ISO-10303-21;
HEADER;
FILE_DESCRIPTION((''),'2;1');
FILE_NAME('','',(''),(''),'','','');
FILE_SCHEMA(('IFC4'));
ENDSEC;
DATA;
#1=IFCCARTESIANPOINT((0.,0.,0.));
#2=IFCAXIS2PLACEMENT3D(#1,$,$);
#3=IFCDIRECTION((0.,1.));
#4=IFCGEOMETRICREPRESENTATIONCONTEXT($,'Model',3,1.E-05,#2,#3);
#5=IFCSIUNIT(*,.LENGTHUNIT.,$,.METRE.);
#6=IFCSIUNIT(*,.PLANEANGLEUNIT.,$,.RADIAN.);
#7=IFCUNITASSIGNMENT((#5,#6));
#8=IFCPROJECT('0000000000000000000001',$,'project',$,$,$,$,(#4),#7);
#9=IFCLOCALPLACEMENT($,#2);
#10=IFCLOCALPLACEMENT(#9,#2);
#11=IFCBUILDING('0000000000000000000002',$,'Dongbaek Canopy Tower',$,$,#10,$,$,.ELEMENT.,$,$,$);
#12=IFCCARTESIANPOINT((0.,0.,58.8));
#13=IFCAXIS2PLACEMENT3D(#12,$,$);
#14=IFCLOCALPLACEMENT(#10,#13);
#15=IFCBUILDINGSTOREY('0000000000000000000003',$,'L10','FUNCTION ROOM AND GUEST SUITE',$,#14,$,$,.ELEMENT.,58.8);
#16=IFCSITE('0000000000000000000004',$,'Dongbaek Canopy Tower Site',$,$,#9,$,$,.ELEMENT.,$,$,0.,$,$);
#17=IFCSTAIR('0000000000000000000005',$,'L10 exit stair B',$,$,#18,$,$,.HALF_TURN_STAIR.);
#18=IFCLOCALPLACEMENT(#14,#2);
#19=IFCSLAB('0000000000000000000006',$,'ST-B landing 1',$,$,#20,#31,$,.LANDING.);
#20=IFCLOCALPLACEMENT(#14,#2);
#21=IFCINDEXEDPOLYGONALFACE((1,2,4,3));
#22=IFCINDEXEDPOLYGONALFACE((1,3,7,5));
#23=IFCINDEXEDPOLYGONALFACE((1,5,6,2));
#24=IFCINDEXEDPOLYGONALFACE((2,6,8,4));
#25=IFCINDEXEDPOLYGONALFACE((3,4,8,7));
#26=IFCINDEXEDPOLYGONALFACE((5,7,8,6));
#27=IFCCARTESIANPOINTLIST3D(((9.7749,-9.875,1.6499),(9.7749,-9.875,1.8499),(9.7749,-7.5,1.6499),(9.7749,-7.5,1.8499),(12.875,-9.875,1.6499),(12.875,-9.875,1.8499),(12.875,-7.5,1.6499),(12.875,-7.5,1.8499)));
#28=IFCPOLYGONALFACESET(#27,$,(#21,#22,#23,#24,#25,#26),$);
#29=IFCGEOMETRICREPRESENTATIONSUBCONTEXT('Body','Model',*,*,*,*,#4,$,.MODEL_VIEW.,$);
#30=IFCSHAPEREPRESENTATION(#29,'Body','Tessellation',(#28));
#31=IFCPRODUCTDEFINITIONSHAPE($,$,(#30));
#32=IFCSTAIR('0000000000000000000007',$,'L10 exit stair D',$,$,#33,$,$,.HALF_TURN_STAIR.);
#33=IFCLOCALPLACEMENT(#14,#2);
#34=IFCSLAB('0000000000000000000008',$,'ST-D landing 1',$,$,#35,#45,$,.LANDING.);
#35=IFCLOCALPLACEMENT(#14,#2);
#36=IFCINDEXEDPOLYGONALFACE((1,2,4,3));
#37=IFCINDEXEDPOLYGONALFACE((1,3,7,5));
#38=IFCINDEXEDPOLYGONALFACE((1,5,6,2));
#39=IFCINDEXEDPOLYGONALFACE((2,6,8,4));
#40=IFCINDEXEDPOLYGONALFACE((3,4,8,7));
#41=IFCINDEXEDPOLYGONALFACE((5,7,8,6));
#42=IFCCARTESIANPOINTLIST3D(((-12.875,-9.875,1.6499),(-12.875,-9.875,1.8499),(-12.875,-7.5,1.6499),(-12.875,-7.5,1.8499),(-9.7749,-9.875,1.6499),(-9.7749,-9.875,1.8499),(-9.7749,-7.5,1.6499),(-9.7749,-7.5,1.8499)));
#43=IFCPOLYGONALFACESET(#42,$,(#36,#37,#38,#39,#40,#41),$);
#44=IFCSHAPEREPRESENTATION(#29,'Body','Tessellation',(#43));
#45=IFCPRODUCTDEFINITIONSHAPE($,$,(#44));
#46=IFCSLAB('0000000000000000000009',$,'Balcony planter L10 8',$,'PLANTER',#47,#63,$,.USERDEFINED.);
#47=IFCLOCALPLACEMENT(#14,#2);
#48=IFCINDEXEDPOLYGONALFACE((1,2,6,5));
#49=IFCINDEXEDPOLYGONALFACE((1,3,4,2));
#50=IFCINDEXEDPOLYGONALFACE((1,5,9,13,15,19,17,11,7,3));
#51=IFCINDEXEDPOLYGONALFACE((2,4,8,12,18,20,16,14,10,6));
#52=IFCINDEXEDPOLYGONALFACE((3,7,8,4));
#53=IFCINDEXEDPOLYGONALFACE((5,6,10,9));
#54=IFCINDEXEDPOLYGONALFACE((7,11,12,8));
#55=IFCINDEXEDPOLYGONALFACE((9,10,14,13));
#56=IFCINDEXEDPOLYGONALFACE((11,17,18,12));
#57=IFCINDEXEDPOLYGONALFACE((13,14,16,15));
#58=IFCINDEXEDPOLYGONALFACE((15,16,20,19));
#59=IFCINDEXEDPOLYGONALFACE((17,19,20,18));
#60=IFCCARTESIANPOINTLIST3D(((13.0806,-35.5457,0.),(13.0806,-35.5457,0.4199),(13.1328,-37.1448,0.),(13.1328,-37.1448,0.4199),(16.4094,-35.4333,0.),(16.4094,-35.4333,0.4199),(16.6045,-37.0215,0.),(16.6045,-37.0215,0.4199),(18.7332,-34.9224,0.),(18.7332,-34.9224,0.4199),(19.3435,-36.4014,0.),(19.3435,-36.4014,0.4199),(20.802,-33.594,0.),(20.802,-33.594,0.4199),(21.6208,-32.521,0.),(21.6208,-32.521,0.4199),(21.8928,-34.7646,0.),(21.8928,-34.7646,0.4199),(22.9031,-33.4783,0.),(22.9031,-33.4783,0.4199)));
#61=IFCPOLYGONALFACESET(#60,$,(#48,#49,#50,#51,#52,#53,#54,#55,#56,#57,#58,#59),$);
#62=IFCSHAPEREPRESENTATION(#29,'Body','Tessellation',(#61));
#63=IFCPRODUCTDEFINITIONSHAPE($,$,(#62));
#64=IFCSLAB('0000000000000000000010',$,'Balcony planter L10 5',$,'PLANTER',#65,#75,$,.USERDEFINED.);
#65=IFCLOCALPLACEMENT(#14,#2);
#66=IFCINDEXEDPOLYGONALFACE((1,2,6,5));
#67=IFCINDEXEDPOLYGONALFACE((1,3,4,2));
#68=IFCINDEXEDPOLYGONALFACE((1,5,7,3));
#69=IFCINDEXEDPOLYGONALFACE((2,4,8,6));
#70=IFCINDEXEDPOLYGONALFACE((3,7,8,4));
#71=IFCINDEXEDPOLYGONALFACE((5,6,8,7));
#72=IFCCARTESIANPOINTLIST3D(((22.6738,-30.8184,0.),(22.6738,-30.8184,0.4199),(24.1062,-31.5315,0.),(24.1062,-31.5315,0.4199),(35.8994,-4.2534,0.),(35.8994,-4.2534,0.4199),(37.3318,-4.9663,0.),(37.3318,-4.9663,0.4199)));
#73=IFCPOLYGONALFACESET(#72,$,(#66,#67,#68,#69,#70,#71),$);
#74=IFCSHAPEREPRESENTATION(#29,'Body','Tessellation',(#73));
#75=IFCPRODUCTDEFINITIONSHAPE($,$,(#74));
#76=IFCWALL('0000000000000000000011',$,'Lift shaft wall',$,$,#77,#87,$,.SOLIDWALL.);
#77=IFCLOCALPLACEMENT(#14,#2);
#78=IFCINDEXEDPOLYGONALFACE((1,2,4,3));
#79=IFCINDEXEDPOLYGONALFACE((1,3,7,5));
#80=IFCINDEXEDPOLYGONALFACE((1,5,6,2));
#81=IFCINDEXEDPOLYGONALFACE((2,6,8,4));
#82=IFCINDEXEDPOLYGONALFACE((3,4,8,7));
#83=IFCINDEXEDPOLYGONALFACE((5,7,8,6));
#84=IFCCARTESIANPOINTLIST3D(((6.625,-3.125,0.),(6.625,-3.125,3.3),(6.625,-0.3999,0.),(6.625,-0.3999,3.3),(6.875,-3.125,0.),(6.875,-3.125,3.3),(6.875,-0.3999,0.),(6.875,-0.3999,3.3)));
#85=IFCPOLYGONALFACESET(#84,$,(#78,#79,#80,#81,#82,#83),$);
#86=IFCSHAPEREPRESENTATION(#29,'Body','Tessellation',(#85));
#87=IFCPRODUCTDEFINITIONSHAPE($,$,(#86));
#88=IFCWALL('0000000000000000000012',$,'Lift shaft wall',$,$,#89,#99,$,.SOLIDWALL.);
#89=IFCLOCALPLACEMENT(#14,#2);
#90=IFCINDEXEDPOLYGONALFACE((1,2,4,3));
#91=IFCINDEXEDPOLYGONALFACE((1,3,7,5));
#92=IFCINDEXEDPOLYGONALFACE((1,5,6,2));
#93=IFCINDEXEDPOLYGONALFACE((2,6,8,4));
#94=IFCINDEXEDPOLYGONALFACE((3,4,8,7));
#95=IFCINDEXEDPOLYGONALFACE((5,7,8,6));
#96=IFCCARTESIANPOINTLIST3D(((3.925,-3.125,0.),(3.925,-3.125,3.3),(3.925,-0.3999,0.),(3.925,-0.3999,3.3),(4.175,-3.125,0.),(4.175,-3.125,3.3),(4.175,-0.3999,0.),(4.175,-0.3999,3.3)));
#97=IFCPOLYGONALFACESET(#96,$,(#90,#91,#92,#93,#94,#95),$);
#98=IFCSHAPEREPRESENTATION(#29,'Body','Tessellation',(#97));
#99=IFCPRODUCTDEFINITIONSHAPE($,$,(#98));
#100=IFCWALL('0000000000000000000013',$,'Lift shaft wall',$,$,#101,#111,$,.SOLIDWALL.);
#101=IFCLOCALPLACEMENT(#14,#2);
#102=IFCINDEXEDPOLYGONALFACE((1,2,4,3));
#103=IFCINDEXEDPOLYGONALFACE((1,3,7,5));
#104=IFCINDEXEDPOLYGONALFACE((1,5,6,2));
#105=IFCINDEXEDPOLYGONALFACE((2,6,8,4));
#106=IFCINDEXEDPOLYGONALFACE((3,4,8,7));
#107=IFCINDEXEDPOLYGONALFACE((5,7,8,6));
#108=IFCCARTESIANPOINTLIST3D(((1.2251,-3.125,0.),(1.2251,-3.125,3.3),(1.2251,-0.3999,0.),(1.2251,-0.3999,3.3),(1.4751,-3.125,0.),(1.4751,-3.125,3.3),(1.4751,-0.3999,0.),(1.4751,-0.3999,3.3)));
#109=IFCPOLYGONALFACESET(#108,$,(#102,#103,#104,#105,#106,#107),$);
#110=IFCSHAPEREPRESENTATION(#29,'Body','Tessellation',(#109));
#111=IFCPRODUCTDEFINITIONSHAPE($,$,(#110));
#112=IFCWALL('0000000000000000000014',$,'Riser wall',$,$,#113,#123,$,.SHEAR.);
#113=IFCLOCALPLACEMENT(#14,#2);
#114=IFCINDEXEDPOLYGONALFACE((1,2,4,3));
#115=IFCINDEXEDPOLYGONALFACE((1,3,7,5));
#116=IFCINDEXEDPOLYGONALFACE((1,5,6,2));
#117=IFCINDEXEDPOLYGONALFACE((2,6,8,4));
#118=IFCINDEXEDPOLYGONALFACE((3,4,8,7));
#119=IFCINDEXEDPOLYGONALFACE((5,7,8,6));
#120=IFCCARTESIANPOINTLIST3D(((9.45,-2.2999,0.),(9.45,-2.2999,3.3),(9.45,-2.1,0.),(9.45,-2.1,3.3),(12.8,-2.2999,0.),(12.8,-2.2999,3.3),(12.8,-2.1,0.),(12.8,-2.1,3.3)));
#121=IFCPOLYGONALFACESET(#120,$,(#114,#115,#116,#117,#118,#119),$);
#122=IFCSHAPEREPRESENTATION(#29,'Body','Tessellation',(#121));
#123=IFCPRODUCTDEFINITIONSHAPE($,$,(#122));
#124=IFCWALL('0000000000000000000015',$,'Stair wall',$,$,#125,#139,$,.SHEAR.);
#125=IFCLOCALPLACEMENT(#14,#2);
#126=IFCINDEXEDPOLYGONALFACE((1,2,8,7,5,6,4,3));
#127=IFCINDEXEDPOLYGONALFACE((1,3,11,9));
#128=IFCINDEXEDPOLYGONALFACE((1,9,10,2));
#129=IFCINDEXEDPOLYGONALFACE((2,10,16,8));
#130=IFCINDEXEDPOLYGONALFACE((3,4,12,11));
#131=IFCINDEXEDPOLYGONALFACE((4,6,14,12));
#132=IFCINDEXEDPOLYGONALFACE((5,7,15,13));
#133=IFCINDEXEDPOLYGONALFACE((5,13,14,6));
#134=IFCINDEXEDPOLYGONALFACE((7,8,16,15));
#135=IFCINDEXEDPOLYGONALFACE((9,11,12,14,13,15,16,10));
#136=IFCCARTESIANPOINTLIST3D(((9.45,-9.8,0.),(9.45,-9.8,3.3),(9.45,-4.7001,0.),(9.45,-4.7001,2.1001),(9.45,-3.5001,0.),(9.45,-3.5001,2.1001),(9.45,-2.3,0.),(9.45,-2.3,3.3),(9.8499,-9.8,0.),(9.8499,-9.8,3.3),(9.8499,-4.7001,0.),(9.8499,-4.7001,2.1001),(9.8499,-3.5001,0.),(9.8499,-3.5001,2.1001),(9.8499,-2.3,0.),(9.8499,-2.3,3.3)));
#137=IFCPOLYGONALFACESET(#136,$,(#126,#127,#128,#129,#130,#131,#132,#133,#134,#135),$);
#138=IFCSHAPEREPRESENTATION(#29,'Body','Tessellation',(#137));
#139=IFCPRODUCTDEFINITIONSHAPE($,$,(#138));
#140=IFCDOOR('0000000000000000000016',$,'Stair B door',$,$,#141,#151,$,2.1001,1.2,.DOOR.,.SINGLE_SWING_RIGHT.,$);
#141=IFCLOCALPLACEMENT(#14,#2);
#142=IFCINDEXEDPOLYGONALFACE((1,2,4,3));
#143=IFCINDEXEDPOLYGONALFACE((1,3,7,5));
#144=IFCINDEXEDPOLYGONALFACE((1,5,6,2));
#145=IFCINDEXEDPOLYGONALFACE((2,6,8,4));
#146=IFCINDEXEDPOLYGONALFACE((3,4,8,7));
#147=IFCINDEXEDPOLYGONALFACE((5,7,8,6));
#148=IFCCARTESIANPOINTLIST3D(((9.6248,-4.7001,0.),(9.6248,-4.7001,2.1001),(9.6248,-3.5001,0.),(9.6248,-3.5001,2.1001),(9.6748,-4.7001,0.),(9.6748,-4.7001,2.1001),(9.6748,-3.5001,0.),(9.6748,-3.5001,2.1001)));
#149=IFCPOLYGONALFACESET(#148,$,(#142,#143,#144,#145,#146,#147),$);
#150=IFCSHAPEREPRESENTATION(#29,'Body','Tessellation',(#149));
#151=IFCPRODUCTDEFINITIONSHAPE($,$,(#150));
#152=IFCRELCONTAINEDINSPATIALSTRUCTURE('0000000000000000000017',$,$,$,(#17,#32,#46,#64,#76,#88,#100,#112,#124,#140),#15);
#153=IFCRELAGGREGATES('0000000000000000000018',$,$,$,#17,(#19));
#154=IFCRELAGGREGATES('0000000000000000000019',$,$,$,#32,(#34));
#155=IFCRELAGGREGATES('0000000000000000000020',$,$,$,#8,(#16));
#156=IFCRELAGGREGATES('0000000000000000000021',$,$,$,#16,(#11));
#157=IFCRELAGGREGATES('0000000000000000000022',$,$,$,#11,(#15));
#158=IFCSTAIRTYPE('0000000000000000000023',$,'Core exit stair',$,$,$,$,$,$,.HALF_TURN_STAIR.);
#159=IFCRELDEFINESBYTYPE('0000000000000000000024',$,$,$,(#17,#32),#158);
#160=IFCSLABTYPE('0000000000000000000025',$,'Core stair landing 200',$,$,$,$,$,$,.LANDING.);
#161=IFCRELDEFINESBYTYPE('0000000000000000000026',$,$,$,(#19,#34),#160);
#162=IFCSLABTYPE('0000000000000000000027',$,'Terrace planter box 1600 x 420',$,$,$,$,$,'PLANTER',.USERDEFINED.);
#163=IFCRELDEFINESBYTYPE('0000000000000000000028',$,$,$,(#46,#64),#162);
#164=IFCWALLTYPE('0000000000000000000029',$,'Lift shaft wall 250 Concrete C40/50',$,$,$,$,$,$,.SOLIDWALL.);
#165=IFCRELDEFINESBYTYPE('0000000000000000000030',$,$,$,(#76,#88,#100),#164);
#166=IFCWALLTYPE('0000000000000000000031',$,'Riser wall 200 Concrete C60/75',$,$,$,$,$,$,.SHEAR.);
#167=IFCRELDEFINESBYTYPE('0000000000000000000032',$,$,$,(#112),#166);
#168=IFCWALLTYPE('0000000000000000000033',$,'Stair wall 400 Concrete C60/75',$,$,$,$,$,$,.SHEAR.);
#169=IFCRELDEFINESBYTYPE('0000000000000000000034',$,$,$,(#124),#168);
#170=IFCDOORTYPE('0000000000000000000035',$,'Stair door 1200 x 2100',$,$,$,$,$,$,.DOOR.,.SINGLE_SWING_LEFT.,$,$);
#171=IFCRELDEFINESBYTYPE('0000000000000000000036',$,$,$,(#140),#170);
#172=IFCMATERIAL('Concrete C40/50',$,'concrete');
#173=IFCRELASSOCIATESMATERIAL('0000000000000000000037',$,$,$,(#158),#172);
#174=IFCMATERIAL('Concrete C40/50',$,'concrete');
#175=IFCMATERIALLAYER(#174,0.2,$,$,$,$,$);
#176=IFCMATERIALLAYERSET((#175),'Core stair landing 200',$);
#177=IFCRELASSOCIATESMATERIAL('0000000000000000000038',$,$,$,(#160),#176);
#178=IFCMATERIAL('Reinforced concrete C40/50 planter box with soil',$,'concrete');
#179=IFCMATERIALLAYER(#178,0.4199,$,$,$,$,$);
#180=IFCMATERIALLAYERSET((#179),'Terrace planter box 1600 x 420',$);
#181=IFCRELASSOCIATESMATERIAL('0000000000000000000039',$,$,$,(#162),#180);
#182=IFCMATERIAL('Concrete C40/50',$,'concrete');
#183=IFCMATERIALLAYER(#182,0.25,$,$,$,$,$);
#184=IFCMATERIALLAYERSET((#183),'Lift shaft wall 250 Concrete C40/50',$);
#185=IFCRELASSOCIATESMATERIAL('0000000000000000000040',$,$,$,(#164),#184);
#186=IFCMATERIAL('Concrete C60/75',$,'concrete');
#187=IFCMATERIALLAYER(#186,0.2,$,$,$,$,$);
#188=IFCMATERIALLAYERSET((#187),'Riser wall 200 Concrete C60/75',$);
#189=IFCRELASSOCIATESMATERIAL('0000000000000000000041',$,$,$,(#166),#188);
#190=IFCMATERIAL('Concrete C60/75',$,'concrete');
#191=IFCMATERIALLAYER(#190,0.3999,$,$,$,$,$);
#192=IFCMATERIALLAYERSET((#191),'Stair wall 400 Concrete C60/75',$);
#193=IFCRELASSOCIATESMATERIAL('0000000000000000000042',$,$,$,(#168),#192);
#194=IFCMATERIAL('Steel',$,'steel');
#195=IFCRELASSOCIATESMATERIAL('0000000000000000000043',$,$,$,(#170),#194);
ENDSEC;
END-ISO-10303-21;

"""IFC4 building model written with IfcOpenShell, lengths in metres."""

from ifc_helpers import new_model, si_unit, direction, frame, frame_2d, origin, place, context, subcontext, project, spatial, polyline, rectangle, outline, extrude, material, layer, layer_set, type_object, element, fill, aggregate, save


model = new_model("IFC4")

# Units and contexts
model_context = context("Model", 3, precision=1e-05, world=origin(), true_north=direction((0.0, 1.0)))
body_context = subcontext(model_context, "Body", "Model", "MODEL_VIEW")
ifc_project = project(units=[si_unit("LENGTHUNIT", "METRE"), si_unit("PLANEANGLEUNIT", "RADIAN")], contexts=[model_context])

# Site, building, storey
site_placement = place(None, origin())
site = spatial("IfcSite", under=ifc_project, at=site_placement, Name="Dongbaek Canopy Tower Site", CompositionType="ELEMENT", RefElevation=0.0)
building_placement = place(site_placement, origin())
building = spatial("IfcBuilding", under=site, at=building_placement, Name="Dongbaek Canopy Tower", CompositionType="ELEMENT")
storey_placement = place(building_placement, frame((0.0, 0.0, 58.8)))
storey = spatial("IfcBuildingStorey", under=building, at=storey_placement, Name="L10", Description="FUNCTION ROOM AND GUEST SUITE", CompositionType="ELEMENT", Elevation=58.8)

# Stairs, slabs
ifc_material_1 = material(Name="Concrete C40/50", Category="concrete")
stair_type = type_object("IfcStairType", Name="Core exit stair", PredefinedType="HALF_TURN_STAIR", material=ifc_material_1)
ifc_material_2 = material(Name="Concrete C40/50", Category="concrete")
ifc_layer_1 = layer(ifc_material_2, 0.2)
ifc_layer_set_1 = layer_set([ifc_layer_1], Name="Core stair landing 200")
slab_type_1 = type_object("IfcSlabType", Name="Core stair landing 200", PredefinedType="LANDING", material=ifc_layer_set_1)
stair_1_placement = place(storey_placement, origin())
stair_1 = element("IfcStair", 1, at=stair_1_placement, inside=storey, type_object=stair_type, Name="L10 exit stair B", PredefinedType="HALF_TURN_STAIR")
slab_1_placement = place(storey_placement, frame((0.0, 0.0, 1.6499)))
slab_1 = element("IfcSlab", 2, at=slab_1_placement, type_object=slab_type_1, Name="ST-B landing 1", PredefinedType="LANDING", context=body_context, shape_type="SweptSolid", body=[
    extrude(outline(polyline([(9.7749, -7.5), (9.7749, -9.875), (12.875, -9.875), (12.875, -7.5), (9.7749, -7.5)])), origin(), (0.0, 0.0, 1.0), 0.2),
])
aggregate(stair_1, [slab_1])
stair_2_placement = place(storey_placement, origin())
stair_2 = element("IfcStair", 3, at=stair_2_placement, inside=storey, type_object=stair_type, Name="L10 exit stair D", PredefinedType="HALF_TURN_STAIR")
slab_2_placement = place(storey_placement, frame((0.0, 0.0, 1.6499)))
slab_2 = element("IfcSlab", 4, at=slab_2_placement, type_object=slab_type_1, Name="ST-D landing 1", PredefinedType="LANDING", context=body_context, shape_type="SweptSolid", body=[
    extrude(outline(polyline([(-12.875, -7.5), (-12.875, -9.875), (-9.7749, -9.875), (-9.7749, -7.5), (-12.875, -7.5)])), origin(), (0.0, 0.0, 1.0), 0.2),
])
aggregate(stair_2, [slab_2])

# Slabs
ifc_material_3 = material(Name="Reinforced concrete C40/50 planter box with soil", Category="concrete")
ifc_layer_2 = layer(ifc_material_3, 0.4199)
ifc_layer_set_2 = layer_set([ifc_layer_2], Name="Terrace planter box 1600 x 420")
slab_type_2 = type_object("IfcSlabType", Name="Terrace planter box 1600 x 420", ElementType="PLANTER", PredefinedType="USERDEFINED", material=ifc_layer_set_2)
slab_3_placement = place(storey_placement, origin())
element("IfcSlab", 5, at=slab_3_placement, inside=storey, type_object=slab_type_2, Name="Balcony planter L10 8", ObjectType="PLANTER", PredefinedType="USERDEFINED", context=body_context, shape_type="SweptSolid", body=[
    extrude(outline(polyline([(13.0806, -35.5457), (16.4094, -35.4333), (18.7332, -34.9224), (20.802, -33.594), (21.6208, -32.521), (22.9031, -33.4783), (21.8928, -34.7646), (19.3435, -36.4014), (16.6045, -37.0215), (13.1328, -37.1448), (13.0806, -35.5457)])), origin(), (0.0, 0.0, 1.0), 0.4199),
])
slab_4_placement = place(storey_placement, origin())
element("IfcSlab", 6, at=slab_4_placement, inside=storey, type_object=slab_type_2, Name="Balcony planter L10 5", ObjectType="PLANTER", PredefinedType="USERDEFINED", context=body_context, shape_type="SweptSolid", body=[
    extrude(outline(polyline([(22.6738, -30.8184), (35.8994, -4.2534), (37.3318, -4.9663), (24.1062, -31.5315), (22.6738, -30.8184)])), origin(), (0.0, 0.0, 1.0), 0.4199),
])

# Walls
ifc_material_4 = material(Name="Concrete C40/50", Category="concrete")
ifc_layer_3 = layer(ifc_material_4, 0.25)
ifc_layer_set_3 = layer_set([ifc_layer_3], Name="Lift shaft wall 250 Concrete C40/50")
wall_type_1 = type_object("IfcWallType", Name="Lift shaft wall 250 Concrete C40/50", PredefinedType="SOLIDWALL", material=ifc_layer_set_3)
for number, where, z_axis, x_axis, name in (
    (7, (6.75, -3.125, 0.0), (0.0, 0.0, 1.0), (0.0, 1.0, 0.0), "Lift shaft wall"),
    (8, (4.05, -3.125, 0.0), (0.0, 0.0, 1.0), (0.0, 1.0, 0.0), "Lift shaft wall"),
    (9, (1.3501, -3.125, 0.0), (0.0, 0.0, 1.0), (0.0, 1.0, 0.0), "Lift shaft wall"),
):
    element("IfcWall", number, at=place(storey_placement, frame(where, z_axis=z_axis, x_axis=x_axis)), inside=storey, type_object=wall_type_1, Name=name, PredefinedType="SOLIDWALL", context=body_context, shape_type="SweptSolid", body=[
        extrude(rectangle(XDim=2.7251, YDim=0.25, at=frame_2d((1.3625, 0.0))), origin(), (0.0, 0.0, 1.0), 3.3),
    ])
ifc_material_5 = material(Name="Concrete C60/75", Category="concrete")
ifc_layer_4 = layer(ifc_material_5, 0.2)
ifc_layer_set_4 = layer_set([ifc_layer_4], Name="Riser wall 200 Concrete C60/75")
wall_type_2 = type_object("IfcWallType", Name="Riser wall 200 Concrete C60/75", PredefinedType="SHEAR", material=ifc_layer_set_4)
wall_1_placement = place(storey_placement, frame((9.45, -2.2, 0.0), z_axis=(0.0, 0.0, 1.0), x_axis=(1.0, 0.0, 0.0)))
element("IfcWall", 10, at=wall_1_placement, inside=storey, type_object=wall_type_2, Name="Riser wall", PredefinedType="SHEAR", context=body_context, shape_type="SweptSolid", body=[
    extrude(rectangle(XDim=3.3501, YDim=0.2, at=frame_2d((1.675, 0.0))), origin(), (0.0, 0.0, 1.0), 3.3),
])

# Wall, opening, door
ifc_material_6 = material(Name="Concrete C60/75", Category="concrete")
ifc_layer_5 = layer(ifc_material_6, 0.3999)
ifc_layer_set_5 = layer_set([ifc_layer_5], Name="Stair wall 400 Concrete C60/75")
wall_type_3 = type_object("IfcWallType", Name="Stair wall 400 Concrete C60/75", PredefinedType="SHEAR", material=ifc_layer_set_5)
wall_2_placement = place(storey_placement, frame((9.6499, -2.3, 0.0), z_axis=(0.0, 0.0, 1.0), x_axis=(0.0, -1.0, 0.0)))
wall_2 = element("IfcWall", 11, at=wall_2_placement, inside=storey, type_object=wall_type_3, Name="Stair wall", PredefinedType="SHEAR", context=body_context, shape_type="SweptSolid", body=[
    extrude(rectangle(XDim=7.5, YDim=0.3999, at=frame_2d((3.75, 0.0))), origin(), (0.0, 0.0, 1.0), 3.3),
])
opening_placement = place(wall_2_placement, frame((1.2, 0.0, 0.0)))
opening = element("IfcOpeningElement", 12, at=opening_placement, cuts=wall_2, PredefinedType="OPENING", context=body_context, shape_type="SweptSolid", body=[
    extrude(rectangle(XDim=1.2, YDim=2.1001, at=frame_2d((0.6001, 1.05))), frame((0.0, 0.21, 0.0), z_axis=(0.0, -1.0, 0.0), x_axis=(1.0, 0.0, 0.0)), (0.0, 0.0, 1.0), 0.4199),
])
ifc_material_7 = material(Name="Steel", Category="steel")
door_type = type_object("IfcDoorType", Name="Stair door 1200 x 2100", OperationType="SINGLE_SWING_LEFT", PredefinedType="DOOR", material=ifc_material_7)
door_placement = place(opening_placement, origin())
door = element("IfcDoor", 13, at=door_placement, inside=storey, type_object=door_type, Name="Stair B door", OperationType="SINGLE_SWING_RIGHT", OverallHeight=2.1001, OverallWidth=1.2, PredefinedType="DOOR", context=body_context, shape_type="SweptSolid", body=[
    extrude(rectangle(XDim=1.2, YDim=2.1001, at=frame_2d((0.6001, 1.05))), frame((0.0, 0.0249, 0.0), z_axis=(0.0, -1.0, 0.0), x_axis=(1.0, 0.0, 0.0)), (0.0, 0.0, 1.0), 0.05),
])
fill(opening, door)

save(model, "model.ifc")
